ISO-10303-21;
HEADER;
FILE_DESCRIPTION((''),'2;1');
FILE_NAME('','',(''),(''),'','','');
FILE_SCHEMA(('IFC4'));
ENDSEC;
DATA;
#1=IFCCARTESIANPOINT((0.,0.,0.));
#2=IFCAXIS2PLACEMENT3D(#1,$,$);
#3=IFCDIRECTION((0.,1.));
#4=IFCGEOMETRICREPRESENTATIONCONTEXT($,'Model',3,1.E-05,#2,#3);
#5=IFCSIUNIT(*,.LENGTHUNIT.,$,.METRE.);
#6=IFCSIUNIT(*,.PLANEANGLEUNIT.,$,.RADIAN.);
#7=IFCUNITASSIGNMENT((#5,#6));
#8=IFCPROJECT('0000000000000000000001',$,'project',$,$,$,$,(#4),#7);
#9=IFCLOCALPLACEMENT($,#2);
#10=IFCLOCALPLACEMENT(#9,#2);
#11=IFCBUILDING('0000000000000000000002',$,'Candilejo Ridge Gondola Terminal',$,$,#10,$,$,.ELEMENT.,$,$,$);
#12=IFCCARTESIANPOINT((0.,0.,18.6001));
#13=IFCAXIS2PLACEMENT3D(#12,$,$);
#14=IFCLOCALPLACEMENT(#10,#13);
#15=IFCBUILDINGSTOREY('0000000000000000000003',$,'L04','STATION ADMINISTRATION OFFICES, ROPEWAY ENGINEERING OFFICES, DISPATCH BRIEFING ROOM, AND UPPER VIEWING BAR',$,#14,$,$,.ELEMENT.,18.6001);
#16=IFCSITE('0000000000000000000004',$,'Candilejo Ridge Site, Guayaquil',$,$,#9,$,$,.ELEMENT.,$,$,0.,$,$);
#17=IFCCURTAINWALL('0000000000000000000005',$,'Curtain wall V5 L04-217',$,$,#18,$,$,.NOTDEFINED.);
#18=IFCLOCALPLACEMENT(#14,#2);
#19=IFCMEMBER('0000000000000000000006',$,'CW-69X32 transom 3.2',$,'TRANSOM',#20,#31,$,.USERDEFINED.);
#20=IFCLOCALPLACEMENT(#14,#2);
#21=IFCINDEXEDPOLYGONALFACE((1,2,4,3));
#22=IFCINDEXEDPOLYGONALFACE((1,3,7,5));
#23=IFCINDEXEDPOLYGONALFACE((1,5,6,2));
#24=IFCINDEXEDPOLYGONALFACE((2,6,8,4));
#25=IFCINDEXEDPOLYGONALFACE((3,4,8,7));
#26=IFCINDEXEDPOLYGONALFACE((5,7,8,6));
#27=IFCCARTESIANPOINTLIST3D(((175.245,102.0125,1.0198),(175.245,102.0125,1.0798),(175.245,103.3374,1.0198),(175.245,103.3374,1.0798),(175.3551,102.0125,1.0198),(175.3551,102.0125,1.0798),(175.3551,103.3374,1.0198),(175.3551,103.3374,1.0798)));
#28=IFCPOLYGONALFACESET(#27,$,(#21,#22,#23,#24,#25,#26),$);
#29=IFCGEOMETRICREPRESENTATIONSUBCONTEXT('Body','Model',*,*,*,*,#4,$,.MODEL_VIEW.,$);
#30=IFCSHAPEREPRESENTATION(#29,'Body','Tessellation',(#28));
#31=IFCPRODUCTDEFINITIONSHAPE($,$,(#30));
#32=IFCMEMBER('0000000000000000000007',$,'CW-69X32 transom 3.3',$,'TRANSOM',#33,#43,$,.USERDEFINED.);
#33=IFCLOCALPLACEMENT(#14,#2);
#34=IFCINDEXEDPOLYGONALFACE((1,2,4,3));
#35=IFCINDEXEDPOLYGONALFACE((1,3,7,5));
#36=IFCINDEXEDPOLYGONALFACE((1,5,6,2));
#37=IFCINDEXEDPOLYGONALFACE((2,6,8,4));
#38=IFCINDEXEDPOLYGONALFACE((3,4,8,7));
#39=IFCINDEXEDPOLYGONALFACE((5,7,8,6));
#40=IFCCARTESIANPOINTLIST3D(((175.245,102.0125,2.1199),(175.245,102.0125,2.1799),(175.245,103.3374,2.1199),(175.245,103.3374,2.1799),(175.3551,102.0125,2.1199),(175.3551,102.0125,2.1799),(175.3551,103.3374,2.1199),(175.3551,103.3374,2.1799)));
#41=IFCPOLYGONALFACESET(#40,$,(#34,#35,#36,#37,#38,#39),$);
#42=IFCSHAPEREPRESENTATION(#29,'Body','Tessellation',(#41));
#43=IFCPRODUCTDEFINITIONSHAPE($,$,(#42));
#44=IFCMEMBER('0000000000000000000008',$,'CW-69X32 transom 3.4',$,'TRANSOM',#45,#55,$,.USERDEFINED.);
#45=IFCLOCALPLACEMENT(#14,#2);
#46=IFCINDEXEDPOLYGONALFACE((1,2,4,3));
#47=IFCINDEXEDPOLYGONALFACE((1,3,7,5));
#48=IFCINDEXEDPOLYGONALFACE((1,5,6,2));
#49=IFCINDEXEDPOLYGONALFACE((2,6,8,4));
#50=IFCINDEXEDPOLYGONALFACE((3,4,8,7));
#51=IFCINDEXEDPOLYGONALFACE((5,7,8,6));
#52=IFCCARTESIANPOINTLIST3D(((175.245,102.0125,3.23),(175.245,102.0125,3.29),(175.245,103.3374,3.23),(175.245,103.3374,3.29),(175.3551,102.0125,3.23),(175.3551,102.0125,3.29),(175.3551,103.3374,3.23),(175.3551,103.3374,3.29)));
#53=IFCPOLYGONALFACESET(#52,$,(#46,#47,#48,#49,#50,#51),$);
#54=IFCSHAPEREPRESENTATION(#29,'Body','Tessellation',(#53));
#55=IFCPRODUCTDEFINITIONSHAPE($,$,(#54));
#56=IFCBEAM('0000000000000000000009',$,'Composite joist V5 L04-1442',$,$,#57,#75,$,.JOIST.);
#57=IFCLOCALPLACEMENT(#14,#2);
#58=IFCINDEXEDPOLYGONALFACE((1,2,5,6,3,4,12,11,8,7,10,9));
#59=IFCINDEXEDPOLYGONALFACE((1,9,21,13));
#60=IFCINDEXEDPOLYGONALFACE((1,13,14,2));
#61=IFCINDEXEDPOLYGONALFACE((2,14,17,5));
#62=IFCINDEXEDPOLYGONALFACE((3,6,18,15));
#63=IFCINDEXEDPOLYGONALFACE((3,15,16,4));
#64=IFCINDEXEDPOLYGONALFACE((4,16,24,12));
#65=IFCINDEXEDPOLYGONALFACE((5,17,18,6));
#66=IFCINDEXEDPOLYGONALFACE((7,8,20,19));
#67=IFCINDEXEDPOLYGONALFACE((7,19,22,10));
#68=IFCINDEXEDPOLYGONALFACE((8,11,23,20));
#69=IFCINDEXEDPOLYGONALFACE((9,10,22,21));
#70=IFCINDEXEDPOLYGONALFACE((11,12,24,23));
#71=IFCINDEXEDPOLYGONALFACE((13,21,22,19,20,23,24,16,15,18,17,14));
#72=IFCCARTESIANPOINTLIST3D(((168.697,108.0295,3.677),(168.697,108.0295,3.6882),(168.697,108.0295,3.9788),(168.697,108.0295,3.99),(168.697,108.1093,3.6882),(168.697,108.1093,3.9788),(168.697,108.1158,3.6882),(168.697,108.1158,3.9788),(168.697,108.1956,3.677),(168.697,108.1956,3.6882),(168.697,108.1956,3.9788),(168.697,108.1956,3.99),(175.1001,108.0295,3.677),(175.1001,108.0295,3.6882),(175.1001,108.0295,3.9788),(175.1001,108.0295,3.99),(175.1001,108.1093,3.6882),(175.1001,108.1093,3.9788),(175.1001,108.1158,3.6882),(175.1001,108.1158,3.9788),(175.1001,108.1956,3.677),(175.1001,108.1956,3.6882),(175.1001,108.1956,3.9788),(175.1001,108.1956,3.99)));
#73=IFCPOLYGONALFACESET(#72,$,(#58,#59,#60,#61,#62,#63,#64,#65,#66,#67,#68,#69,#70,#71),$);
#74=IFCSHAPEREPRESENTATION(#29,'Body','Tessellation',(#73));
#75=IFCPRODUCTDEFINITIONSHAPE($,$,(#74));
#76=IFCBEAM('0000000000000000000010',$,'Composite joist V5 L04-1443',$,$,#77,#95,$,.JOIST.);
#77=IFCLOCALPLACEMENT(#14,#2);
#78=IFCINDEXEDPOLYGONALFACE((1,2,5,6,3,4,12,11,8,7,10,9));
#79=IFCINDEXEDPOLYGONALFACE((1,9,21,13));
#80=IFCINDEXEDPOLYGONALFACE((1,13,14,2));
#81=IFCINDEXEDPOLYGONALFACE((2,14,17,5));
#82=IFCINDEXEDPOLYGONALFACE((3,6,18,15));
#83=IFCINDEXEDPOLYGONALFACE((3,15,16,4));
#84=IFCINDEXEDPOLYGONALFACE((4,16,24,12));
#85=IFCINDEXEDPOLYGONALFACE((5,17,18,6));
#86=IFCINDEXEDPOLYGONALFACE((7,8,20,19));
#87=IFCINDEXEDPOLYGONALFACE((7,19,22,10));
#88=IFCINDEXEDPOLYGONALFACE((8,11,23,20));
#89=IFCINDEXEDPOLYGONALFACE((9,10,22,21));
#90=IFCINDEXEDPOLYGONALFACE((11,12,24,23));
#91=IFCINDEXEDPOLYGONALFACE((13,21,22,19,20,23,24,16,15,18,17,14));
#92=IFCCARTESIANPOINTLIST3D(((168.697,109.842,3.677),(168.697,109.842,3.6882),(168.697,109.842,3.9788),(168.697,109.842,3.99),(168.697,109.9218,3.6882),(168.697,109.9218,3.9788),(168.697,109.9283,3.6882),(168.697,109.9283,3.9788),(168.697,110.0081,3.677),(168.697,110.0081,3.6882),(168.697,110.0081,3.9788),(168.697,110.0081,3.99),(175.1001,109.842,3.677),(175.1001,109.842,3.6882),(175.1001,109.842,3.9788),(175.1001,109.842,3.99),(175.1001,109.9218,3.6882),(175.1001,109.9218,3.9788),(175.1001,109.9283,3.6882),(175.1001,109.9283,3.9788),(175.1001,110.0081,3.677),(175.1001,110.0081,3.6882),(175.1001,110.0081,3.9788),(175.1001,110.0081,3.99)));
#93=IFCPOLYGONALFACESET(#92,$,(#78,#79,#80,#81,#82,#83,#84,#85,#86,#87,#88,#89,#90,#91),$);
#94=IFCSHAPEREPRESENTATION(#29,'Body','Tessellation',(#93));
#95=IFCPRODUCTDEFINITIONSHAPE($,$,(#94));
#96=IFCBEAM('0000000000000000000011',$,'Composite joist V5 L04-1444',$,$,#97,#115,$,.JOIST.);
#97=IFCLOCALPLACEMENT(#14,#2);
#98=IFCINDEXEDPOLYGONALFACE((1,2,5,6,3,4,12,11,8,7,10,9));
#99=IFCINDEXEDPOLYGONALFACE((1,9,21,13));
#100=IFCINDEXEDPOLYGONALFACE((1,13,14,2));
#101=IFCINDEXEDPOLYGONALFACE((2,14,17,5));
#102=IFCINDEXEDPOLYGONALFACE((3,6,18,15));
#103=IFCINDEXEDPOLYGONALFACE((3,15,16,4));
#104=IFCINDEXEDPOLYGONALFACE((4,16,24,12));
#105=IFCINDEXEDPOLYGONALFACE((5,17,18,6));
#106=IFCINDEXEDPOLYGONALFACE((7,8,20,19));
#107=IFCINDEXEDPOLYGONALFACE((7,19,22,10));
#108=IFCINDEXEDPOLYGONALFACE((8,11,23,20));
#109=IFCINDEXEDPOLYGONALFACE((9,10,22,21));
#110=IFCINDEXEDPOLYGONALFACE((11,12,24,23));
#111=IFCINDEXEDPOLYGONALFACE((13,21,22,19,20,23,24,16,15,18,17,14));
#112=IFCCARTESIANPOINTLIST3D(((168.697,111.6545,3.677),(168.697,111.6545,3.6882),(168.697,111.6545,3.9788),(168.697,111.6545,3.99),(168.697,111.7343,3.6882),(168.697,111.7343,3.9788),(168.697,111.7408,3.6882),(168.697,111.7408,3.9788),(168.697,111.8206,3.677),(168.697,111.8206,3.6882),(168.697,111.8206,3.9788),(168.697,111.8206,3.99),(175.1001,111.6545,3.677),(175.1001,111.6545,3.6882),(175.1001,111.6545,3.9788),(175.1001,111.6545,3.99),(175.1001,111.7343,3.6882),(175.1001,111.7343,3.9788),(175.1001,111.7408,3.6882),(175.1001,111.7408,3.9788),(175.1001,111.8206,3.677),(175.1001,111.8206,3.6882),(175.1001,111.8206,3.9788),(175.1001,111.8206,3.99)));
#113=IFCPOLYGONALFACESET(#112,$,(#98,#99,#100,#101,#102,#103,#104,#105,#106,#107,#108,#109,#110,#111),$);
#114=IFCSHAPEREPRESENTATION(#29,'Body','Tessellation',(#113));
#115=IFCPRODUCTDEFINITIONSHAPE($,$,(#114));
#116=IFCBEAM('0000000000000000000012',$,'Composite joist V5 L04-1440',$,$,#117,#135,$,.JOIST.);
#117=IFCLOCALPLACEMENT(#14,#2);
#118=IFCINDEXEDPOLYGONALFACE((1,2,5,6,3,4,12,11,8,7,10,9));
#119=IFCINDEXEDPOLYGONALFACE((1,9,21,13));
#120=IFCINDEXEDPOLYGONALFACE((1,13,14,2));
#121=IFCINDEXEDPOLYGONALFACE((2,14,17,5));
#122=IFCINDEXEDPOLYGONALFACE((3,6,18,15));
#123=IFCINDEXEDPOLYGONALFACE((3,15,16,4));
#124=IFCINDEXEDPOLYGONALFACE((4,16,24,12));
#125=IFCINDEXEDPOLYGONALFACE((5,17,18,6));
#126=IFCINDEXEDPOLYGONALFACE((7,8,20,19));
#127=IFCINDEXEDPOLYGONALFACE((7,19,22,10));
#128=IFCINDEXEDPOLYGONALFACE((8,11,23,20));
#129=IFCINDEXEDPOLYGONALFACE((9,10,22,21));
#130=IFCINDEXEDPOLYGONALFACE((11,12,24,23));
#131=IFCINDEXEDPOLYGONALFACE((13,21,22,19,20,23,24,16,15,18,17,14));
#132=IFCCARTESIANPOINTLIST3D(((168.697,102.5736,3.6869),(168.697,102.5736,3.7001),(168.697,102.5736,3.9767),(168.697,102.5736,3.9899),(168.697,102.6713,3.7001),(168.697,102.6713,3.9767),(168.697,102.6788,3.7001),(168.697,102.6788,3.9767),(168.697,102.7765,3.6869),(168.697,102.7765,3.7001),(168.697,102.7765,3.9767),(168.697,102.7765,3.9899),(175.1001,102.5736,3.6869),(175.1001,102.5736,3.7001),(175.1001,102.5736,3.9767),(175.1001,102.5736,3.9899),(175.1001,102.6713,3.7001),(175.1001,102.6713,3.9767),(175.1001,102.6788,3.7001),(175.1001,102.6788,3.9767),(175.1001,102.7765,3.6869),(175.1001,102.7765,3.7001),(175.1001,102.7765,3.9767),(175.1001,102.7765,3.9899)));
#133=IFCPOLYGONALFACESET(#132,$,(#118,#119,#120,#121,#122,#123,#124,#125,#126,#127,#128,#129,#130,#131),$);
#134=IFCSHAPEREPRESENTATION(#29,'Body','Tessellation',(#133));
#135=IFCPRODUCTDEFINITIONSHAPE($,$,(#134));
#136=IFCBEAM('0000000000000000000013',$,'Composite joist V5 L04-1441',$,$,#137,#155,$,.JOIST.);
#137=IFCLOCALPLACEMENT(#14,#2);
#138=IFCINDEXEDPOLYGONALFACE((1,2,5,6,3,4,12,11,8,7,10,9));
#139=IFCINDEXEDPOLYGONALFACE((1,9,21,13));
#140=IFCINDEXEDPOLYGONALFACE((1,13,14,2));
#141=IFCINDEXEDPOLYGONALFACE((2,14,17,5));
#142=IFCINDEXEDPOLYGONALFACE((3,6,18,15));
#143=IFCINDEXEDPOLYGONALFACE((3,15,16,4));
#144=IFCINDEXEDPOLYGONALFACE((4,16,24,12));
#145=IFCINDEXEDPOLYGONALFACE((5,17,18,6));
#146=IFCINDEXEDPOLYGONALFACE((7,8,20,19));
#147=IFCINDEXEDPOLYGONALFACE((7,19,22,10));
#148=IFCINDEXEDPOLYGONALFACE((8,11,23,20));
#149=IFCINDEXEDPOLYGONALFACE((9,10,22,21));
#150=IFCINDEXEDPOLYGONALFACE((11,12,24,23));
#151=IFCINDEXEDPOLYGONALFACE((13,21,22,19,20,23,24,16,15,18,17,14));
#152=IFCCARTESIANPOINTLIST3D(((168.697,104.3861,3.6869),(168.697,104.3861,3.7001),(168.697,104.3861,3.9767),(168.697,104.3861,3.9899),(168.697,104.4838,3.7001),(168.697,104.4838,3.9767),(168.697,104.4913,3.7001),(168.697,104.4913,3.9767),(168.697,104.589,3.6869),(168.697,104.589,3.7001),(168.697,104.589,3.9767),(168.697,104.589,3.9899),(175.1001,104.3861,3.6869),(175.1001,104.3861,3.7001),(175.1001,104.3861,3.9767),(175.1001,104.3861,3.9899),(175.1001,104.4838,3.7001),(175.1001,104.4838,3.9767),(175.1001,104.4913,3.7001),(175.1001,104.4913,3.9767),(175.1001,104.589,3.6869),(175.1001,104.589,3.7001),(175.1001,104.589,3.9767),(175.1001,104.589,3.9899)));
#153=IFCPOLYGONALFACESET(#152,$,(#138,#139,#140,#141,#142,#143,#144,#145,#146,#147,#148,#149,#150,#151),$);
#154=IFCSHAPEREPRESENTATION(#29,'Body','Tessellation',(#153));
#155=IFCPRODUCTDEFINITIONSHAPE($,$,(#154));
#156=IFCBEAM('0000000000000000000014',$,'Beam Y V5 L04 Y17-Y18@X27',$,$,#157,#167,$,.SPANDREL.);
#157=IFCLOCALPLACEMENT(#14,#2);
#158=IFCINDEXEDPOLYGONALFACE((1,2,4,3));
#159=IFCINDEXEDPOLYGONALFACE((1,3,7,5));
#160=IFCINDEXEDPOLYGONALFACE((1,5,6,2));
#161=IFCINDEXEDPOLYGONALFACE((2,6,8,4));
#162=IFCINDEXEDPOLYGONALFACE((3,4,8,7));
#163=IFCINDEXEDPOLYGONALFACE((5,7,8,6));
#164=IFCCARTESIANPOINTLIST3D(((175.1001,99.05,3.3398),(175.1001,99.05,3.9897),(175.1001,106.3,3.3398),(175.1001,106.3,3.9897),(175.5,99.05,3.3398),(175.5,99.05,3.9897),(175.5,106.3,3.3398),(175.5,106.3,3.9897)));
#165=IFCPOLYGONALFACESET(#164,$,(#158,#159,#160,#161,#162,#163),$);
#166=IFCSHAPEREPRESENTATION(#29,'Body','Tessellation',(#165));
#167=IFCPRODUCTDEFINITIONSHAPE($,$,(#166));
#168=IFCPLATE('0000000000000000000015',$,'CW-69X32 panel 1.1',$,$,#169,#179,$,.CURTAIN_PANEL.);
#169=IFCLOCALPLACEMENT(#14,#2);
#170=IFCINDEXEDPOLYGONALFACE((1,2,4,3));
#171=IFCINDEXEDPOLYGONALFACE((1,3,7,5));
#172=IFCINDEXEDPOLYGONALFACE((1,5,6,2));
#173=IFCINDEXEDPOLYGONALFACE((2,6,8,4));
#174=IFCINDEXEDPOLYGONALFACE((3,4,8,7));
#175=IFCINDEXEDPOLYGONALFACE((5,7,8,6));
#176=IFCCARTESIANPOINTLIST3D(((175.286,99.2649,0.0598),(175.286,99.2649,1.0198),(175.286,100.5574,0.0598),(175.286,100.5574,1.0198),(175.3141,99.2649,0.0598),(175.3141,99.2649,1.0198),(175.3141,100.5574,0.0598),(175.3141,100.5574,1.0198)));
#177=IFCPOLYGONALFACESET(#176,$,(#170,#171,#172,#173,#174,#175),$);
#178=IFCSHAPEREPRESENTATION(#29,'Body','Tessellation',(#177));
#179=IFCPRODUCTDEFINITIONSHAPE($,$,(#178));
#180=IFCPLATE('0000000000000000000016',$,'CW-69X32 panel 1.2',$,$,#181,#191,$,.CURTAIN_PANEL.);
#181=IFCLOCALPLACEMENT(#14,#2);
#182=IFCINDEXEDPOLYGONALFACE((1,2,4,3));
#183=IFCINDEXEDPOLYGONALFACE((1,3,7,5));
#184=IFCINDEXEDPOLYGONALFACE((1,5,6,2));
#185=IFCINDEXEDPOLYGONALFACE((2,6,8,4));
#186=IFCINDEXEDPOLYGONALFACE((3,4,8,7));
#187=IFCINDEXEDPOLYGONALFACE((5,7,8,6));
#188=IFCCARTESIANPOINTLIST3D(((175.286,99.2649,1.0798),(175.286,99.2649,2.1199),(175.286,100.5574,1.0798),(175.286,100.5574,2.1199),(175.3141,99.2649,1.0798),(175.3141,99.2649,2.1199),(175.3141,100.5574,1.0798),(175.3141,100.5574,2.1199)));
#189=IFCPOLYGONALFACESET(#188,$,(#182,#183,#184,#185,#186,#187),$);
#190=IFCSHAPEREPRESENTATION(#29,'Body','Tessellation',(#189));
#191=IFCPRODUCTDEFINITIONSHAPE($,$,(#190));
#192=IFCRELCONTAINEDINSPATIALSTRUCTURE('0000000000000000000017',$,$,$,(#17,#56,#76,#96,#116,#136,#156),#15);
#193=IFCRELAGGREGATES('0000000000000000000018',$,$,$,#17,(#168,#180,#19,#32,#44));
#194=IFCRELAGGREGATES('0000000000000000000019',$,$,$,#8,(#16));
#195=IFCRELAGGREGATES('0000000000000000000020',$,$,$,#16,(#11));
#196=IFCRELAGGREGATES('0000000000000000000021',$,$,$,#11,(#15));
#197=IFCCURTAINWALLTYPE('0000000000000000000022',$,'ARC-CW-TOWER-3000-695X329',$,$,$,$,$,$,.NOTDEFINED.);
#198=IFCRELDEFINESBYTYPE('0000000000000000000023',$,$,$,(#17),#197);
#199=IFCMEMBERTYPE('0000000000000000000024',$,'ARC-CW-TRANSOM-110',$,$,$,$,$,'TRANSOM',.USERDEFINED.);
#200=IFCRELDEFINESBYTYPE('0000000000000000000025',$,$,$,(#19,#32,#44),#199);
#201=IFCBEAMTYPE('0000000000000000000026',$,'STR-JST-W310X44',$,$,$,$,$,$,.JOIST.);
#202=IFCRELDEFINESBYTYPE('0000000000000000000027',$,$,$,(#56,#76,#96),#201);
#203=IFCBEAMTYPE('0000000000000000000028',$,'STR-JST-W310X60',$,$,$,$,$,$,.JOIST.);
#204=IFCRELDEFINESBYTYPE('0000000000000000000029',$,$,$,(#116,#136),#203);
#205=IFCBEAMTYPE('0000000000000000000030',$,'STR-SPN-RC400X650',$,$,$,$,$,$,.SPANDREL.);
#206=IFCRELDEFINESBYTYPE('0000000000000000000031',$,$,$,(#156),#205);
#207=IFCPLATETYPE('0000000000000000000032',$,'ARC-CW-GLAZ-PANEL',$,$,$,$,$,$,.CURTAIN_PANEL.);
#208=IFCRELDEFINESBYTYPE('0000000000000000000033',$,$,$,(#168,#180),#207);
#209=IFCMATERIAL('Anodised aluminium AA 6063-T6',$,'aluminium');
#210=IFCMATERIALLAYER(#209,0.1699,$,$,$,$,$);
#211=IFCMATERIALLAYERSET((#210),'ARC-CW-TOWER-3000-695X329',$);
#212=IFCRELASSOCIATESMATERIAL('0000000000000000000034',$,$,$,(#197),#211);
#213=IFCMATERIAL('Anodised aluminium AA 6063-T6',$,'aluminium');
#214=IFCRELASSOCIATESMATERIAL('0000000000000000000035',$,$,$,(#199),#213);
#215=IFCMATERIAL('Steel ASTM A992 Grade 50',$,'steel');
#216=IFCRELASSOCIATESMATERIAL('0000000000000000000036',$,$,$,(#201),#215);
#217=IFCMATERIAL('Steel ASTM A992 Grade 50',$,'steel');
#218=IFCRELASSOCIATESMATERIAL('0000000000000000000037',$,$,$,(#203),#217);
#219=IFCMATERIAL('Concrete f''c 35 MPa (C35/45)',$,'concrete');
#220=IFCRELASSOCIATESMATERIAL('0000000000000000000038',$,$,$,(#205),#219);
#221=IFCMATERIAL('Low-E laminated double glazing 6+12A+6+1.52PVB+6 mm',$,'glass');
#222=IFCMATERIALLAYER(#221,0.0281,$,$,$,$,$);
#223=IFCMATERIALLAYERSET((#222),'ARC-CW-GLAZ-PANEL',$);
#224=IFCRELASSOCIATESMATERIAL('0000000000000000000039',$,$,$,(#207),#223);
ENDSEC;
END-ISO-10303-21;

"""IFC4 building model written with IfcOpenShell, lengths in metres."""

from ifc_helpers import new_model, si_unit, direction, frame, origin, origin_2d, place, context, subcontext, project, spatial, rectangle, i_section, extrude, material, layer, layer_set, material_profile, profile_set, type_object, element, aggregate, save


model = new_model("IFC4")

# Units and contexts
model_context = context("Model", 3, precision=1e-05, world=origin(), true_north=direction((0.0, 1.0)))
body_context = subcontext(model_context, "Body", "Model", "MODEL_VIEW")
ifc_project = project(units=[si_unit("LENGTHUNIT", "METRE"), si_unit("PLANEANGLEUNIT", "RADIAN")], contexts=[model_context])

# Site, building, storey
site_placement = place(None, origin())
site = spatial("IfcSite", under=ifc_project, at=site_placement, Name="Candilejo Ridge Site, Guayaquil", CompositionType="ELEMENT", RefElevation=0.0)
building_placement = place(site_placement, origin())
building = spatial("IfcBuilding", under=site, at=building_placement, Name="Candilejo Ridge Gondola Terminal", CompositionType="ELEMENT")
storey_placement = place(building_placement, frame((0.0, 0.0, 18.6001)))
storey = spatial("IfcBuildingStorey", under=building, at=storey_placement, Name="L04", Description="STATION ADMINISTRATION OFFICES, ROPEWAY ENGINEERING OFFICES, DISPATCH BRIEFING ROOM, AND UPPER VIEWING BAR", CompositionType="ELEMENT", Elevation=18.6001)

# Curtain wall, members
ifc_material_1 = material(Name="Anodised aluminium AA 6063-T6", Category="aluminium")
ifc_layer_1 = layer(ifc_material_1, 0.1699)
ifc_layer_set_1 = layer_set([ifc_layer_1], Name="ARC-CW-TOWER-3000-695X329")
curtain_wall_type_1 = type_object("IfcCurtainWallType", Name="ARC-CW-TOWER-3000-695X329", PredefinedType="NOTDEFINED", material=ifc_layer_set_1)
curtain_wall_1_placement = place(storey_placement, origin())
curtain_wall_1 = element("IfcCurtainWall", 1, at=curtain_wall_1_placement, inside=storey, type_object=curtain_wall_type_1, Name="Curtain wall V5 L04-217", PredefinedType="NOTDEFINED")
ifc_material_2 = material(Name="Anodised aluminium AA 6063-T6", Category="aluminium")
ifc_material_profile_1 = material_profile(ifc_material_2, rectangle(XDim=0.1101, YDim=0.0601, at=origin_2d()))
ifc_profile_set_1 = profile_set([ifc_material_profile_1], Name="Anodised aluminium AA 6063-T6")
member_type_1 = type_object("IfcMemberType", Name="ARC-CW-TRANSOM-110", ElementType="TRANSOM", PredefinedType="USERDEFINED", material=ifc_profile_set_1)
member_1_placement = place(storey_placement, frame((175.3, 102.0125, 1.0498), z_axis=(0.0, 1.0, 0.0), x_axis=(-1.0, 0.0, 0.0)))
member_1 = element("IfcMember", 2, at=member_1_placement, type_object=member_type_1, Name="CW-69X32 transom 3.2", ObjectType="TRANSOM", PredefinedType="USERDEFINED", context=body_context, shape_type="SweptSolid", body=[
    extrude(rectangle(XDim=0.1101, YDim=0.0601, at=origin_2d()), origin(), (0.0, 0.0, 1.0), 1.325),
])
member_2_placement = place(storey_placement, frame((175.3, 102.0125, 2.1499), z_axis=(0.0, 1.0, 0.0), x_axis=(-1.0, 0.0, 0.0)))
member_2 = element("IfcMember", 3, at=member_2_placement, type_object=member_type_1, Name="CW-69X32 transom 3.3", ObjectType="TRANSOM", PredefinedType="USERDEFINED", context=body_context, shape_type="SweptSolid", body=[
    extrude(rectangle(XDim=0.1101, YDim=0.0601, at=origin_2d()), origin(), (0.0, 0.0, 1.0), 1.325),
])
member_3_placement = place(storey_placement, frame((175.3, 102.0125, 3.26), z_axis=(0.0, 1.0, 0.0), x_axis=(-1.0, 0.0, 0.0)))
member_3 = element("IfcMember", 4, at=member_3_placement, type_object=member_type_1, Name="CW-69X32 transom 3.4", ObjectType="TRANSOM", PredefinedType="USERDEFINED", context=body_context, shape_type="SweptSolid", body=[
    extrude(rectangle(XDim=0.1101, YDim=0.0601, at=origin_2d()), origin(), (0.0, 0.0, 1.0), 1.325),
])

# Beams
ifc_material_3 = material(Name="Steel ASTM A992 Grade 50", Category="steel")
ifc_material_profile_2 = material_profile(ifc_material_3, i_section(OverallWidth=0.166, OverallDepth=0.313, WebThickness=0.0066, FlangeThickness=0.0112, at=origin_2d()))
ifc_profile_set_2 = profile_set([ifc_material_profile_2], Name="Steel ASTM A992 Grade 50")
beam_type_1 = type_object("IfcBeamType", Name="STR-JST-W310X44", PredefinedType="JOIST", material=ifc_profile_set_2)
for number, where, z_axis, x_axis, name in (
    (5, (168.697, 108.1125, 3.8335), (1.0, 0.0, 0.0), (0.0, 1.0, 0.0), "Composite joist V5 L04-1442"),
    (6, (168.697, 109.925, 3.8335), (1.0, 0.0, 0.0), (0.0, 1.0, 0.0), "Composite joist V5 L04-1443"),
    (7, (168.697, 111.7375, 3.8335), (1.0, 0.0, 0.0), (0.0, 1.0, 0.0), "Composite joist V5 L04-1444"),
):
    element("IfcBeam", number, at=place(storey_placement, frame(where, z_axis=z_axis, x_axis=x_axis)), inside=storey, type_object=beam_type_1, Name=name, PredefinedType="JOIST", context=body_context, shape_type="SweptSolid", body=[
        extrude(i_section(OverallWidth=0.166, OverallDepth=0.313, WebThickness=0.0066, FlangeThickness=0.0112, at=origin_2d()), origin(), (0.0, 0.0, 1.0), 6.4031),
    ])
ifc_material_4 = material(Name="Steel ASTM A992 Grade 50", Category="steel")
ifc_material_profile_3 = material_profile(ifc_material_4, i_section(OverallWidth=0.2029, OverallDepth=0.303, WebThickness=0.0076, FlangeThickness=0.0132, at=origin_2d()))
ifc_profile_set_3 = profile_set([ifc_material_profile_3], Name="Steel ASTM A992 Grade 50")
beam_type_2 = type_object("IfcBeamType", Name="STR-JST-W310X60", PredefinedType="JOIST", material=ifc_profile_set_3)
for number, where, z_axis, x_axis, name in (
    (8, (168.697, 102.675, 3.8384), (1.0, 0.0, 0.0), (0.0, 1.0, 0.0), "Composite joist V5 L04-1440"),
    (9, (168.697, 104.4875, 3.8384), (1.0, 0.0, 0.0), (0.0, 1.0, 0.0), "Composite joist V5 L04-1441"),
):
    element("IfcBeam", number, at=place(storey_placement, frame(where, z_axis=z_axis, x_axis=x_axis)), inside=storey, type_object=beam_type_2, Name=name, PredefinedType="JOIST", context=body_context, shape_type="SweptSolid", body=[
        extrude(i_section(OverallWidth=0.2029, OverallDepth=0.303, WebThickness=0.0076, FlangeThickness=0.0132, at=origin_2d()), origin(), (0.0, 0.0, 1.0), 6.4031),
    ])
ifc_material_5 = material(Name="Concrete f'c 35 MPa (C35/45)", Category="concrete")
ifc_material_profile_4 = material_profile(ifc_material_5, rectangle(XDim=0.3999, YDim=0.6499, at=origin_2d()))
ifc_profile_set_4 = profile_set([ifc_material_profile_4], Name="Concrete f'c 35 MPa (C35/45)")
beam_type_3 = type_object("IfcBeamType", Name="STR-SPN-RC400X650", PredefinedType="SPANDREL", material=ifc_profile_set_4)
beam_placement = place(storey_placement, frame((175.3, 99.05, 3.6648), z_axis=(0.0, 1.0, 0.0), x_axis=(-1.0, 0.0, 0.0)))
element("IfcBeam", 10, at=beam_placement, inside=storey, type_object=beam_type_3, Name="Beam Y V5 L04 Y17-Y18@X27", PredefinedType="SPANDREL", context=body_context, shape_type="SweptSolid", body=[
    extrude(rectangle(XDim=0.3999, YDim=0.6499, at=origin_2d()), origin(), (0.0, 0.0, 1.0), 7.25),
])

# Plates
ifc_material_6 = material(Name="Low-E laminated double glazing 6+12A+6+1.52PVB+6 mm", Category="glass")
ifc_layer_2 = layer(ifc_material_6, 0.0281)
ifc_layer_set_2 = layer_set([ifc_layer_2], Name="ARC-CW-GLAZ-PANEL")
plate_type = type_object("IfcPlateType", Name="ARC-CW-GLAZ-PANEL", PredefinedType="CURTAIN_PANEL", material=ifc_layer_set_2)
plate_1_placement = place(storey_placement, frame((175.3, 99.9111, 0.0598), z_axis=(0.0, 0.0, 1.0), x_axis=(0.0, 1.0, 0.0)))
plate_1 = element("IfcPlate", 11, at=plate_1_placement, type_object=plate_type, Name="CW-69X32 panel 1.1", PredefinedType="CURTAIN_PANEL", context=body_context, shape_type="SweptSolid", body=[
    extrude(rectangle(XDim=1.2925, YDim=0.0281, at=origin_2d()), origin(), (0.0, 0.0, 1.0), 0.96),
])
plate_2_placement = place(storey_placement, frame((175.3, 99.9111, 1.0798), z_axis=(0.0, 0.0, 1.0), x_axis=(0.0, 1.0, 0.0)))
plate_2 = element("IfcPlate", 12, at=plate_2_placement, type_object=plate_type, Name="CW-69X32 panel 1.2", PredefinedType="CURTAIN_PANEL", context=body_context, shape_type="SweptSolid", body=[
    extrude(rectangle(XDim=1.2925, YDim=0.0281, at=origin_2d()), origin(), (0.0, 0.0, 1.0), 1.04),
])
aggregate(curtain_wall_1, [plate_1, plate_2, member_1, member_2, member_3])

save(model, "model.ifc")
